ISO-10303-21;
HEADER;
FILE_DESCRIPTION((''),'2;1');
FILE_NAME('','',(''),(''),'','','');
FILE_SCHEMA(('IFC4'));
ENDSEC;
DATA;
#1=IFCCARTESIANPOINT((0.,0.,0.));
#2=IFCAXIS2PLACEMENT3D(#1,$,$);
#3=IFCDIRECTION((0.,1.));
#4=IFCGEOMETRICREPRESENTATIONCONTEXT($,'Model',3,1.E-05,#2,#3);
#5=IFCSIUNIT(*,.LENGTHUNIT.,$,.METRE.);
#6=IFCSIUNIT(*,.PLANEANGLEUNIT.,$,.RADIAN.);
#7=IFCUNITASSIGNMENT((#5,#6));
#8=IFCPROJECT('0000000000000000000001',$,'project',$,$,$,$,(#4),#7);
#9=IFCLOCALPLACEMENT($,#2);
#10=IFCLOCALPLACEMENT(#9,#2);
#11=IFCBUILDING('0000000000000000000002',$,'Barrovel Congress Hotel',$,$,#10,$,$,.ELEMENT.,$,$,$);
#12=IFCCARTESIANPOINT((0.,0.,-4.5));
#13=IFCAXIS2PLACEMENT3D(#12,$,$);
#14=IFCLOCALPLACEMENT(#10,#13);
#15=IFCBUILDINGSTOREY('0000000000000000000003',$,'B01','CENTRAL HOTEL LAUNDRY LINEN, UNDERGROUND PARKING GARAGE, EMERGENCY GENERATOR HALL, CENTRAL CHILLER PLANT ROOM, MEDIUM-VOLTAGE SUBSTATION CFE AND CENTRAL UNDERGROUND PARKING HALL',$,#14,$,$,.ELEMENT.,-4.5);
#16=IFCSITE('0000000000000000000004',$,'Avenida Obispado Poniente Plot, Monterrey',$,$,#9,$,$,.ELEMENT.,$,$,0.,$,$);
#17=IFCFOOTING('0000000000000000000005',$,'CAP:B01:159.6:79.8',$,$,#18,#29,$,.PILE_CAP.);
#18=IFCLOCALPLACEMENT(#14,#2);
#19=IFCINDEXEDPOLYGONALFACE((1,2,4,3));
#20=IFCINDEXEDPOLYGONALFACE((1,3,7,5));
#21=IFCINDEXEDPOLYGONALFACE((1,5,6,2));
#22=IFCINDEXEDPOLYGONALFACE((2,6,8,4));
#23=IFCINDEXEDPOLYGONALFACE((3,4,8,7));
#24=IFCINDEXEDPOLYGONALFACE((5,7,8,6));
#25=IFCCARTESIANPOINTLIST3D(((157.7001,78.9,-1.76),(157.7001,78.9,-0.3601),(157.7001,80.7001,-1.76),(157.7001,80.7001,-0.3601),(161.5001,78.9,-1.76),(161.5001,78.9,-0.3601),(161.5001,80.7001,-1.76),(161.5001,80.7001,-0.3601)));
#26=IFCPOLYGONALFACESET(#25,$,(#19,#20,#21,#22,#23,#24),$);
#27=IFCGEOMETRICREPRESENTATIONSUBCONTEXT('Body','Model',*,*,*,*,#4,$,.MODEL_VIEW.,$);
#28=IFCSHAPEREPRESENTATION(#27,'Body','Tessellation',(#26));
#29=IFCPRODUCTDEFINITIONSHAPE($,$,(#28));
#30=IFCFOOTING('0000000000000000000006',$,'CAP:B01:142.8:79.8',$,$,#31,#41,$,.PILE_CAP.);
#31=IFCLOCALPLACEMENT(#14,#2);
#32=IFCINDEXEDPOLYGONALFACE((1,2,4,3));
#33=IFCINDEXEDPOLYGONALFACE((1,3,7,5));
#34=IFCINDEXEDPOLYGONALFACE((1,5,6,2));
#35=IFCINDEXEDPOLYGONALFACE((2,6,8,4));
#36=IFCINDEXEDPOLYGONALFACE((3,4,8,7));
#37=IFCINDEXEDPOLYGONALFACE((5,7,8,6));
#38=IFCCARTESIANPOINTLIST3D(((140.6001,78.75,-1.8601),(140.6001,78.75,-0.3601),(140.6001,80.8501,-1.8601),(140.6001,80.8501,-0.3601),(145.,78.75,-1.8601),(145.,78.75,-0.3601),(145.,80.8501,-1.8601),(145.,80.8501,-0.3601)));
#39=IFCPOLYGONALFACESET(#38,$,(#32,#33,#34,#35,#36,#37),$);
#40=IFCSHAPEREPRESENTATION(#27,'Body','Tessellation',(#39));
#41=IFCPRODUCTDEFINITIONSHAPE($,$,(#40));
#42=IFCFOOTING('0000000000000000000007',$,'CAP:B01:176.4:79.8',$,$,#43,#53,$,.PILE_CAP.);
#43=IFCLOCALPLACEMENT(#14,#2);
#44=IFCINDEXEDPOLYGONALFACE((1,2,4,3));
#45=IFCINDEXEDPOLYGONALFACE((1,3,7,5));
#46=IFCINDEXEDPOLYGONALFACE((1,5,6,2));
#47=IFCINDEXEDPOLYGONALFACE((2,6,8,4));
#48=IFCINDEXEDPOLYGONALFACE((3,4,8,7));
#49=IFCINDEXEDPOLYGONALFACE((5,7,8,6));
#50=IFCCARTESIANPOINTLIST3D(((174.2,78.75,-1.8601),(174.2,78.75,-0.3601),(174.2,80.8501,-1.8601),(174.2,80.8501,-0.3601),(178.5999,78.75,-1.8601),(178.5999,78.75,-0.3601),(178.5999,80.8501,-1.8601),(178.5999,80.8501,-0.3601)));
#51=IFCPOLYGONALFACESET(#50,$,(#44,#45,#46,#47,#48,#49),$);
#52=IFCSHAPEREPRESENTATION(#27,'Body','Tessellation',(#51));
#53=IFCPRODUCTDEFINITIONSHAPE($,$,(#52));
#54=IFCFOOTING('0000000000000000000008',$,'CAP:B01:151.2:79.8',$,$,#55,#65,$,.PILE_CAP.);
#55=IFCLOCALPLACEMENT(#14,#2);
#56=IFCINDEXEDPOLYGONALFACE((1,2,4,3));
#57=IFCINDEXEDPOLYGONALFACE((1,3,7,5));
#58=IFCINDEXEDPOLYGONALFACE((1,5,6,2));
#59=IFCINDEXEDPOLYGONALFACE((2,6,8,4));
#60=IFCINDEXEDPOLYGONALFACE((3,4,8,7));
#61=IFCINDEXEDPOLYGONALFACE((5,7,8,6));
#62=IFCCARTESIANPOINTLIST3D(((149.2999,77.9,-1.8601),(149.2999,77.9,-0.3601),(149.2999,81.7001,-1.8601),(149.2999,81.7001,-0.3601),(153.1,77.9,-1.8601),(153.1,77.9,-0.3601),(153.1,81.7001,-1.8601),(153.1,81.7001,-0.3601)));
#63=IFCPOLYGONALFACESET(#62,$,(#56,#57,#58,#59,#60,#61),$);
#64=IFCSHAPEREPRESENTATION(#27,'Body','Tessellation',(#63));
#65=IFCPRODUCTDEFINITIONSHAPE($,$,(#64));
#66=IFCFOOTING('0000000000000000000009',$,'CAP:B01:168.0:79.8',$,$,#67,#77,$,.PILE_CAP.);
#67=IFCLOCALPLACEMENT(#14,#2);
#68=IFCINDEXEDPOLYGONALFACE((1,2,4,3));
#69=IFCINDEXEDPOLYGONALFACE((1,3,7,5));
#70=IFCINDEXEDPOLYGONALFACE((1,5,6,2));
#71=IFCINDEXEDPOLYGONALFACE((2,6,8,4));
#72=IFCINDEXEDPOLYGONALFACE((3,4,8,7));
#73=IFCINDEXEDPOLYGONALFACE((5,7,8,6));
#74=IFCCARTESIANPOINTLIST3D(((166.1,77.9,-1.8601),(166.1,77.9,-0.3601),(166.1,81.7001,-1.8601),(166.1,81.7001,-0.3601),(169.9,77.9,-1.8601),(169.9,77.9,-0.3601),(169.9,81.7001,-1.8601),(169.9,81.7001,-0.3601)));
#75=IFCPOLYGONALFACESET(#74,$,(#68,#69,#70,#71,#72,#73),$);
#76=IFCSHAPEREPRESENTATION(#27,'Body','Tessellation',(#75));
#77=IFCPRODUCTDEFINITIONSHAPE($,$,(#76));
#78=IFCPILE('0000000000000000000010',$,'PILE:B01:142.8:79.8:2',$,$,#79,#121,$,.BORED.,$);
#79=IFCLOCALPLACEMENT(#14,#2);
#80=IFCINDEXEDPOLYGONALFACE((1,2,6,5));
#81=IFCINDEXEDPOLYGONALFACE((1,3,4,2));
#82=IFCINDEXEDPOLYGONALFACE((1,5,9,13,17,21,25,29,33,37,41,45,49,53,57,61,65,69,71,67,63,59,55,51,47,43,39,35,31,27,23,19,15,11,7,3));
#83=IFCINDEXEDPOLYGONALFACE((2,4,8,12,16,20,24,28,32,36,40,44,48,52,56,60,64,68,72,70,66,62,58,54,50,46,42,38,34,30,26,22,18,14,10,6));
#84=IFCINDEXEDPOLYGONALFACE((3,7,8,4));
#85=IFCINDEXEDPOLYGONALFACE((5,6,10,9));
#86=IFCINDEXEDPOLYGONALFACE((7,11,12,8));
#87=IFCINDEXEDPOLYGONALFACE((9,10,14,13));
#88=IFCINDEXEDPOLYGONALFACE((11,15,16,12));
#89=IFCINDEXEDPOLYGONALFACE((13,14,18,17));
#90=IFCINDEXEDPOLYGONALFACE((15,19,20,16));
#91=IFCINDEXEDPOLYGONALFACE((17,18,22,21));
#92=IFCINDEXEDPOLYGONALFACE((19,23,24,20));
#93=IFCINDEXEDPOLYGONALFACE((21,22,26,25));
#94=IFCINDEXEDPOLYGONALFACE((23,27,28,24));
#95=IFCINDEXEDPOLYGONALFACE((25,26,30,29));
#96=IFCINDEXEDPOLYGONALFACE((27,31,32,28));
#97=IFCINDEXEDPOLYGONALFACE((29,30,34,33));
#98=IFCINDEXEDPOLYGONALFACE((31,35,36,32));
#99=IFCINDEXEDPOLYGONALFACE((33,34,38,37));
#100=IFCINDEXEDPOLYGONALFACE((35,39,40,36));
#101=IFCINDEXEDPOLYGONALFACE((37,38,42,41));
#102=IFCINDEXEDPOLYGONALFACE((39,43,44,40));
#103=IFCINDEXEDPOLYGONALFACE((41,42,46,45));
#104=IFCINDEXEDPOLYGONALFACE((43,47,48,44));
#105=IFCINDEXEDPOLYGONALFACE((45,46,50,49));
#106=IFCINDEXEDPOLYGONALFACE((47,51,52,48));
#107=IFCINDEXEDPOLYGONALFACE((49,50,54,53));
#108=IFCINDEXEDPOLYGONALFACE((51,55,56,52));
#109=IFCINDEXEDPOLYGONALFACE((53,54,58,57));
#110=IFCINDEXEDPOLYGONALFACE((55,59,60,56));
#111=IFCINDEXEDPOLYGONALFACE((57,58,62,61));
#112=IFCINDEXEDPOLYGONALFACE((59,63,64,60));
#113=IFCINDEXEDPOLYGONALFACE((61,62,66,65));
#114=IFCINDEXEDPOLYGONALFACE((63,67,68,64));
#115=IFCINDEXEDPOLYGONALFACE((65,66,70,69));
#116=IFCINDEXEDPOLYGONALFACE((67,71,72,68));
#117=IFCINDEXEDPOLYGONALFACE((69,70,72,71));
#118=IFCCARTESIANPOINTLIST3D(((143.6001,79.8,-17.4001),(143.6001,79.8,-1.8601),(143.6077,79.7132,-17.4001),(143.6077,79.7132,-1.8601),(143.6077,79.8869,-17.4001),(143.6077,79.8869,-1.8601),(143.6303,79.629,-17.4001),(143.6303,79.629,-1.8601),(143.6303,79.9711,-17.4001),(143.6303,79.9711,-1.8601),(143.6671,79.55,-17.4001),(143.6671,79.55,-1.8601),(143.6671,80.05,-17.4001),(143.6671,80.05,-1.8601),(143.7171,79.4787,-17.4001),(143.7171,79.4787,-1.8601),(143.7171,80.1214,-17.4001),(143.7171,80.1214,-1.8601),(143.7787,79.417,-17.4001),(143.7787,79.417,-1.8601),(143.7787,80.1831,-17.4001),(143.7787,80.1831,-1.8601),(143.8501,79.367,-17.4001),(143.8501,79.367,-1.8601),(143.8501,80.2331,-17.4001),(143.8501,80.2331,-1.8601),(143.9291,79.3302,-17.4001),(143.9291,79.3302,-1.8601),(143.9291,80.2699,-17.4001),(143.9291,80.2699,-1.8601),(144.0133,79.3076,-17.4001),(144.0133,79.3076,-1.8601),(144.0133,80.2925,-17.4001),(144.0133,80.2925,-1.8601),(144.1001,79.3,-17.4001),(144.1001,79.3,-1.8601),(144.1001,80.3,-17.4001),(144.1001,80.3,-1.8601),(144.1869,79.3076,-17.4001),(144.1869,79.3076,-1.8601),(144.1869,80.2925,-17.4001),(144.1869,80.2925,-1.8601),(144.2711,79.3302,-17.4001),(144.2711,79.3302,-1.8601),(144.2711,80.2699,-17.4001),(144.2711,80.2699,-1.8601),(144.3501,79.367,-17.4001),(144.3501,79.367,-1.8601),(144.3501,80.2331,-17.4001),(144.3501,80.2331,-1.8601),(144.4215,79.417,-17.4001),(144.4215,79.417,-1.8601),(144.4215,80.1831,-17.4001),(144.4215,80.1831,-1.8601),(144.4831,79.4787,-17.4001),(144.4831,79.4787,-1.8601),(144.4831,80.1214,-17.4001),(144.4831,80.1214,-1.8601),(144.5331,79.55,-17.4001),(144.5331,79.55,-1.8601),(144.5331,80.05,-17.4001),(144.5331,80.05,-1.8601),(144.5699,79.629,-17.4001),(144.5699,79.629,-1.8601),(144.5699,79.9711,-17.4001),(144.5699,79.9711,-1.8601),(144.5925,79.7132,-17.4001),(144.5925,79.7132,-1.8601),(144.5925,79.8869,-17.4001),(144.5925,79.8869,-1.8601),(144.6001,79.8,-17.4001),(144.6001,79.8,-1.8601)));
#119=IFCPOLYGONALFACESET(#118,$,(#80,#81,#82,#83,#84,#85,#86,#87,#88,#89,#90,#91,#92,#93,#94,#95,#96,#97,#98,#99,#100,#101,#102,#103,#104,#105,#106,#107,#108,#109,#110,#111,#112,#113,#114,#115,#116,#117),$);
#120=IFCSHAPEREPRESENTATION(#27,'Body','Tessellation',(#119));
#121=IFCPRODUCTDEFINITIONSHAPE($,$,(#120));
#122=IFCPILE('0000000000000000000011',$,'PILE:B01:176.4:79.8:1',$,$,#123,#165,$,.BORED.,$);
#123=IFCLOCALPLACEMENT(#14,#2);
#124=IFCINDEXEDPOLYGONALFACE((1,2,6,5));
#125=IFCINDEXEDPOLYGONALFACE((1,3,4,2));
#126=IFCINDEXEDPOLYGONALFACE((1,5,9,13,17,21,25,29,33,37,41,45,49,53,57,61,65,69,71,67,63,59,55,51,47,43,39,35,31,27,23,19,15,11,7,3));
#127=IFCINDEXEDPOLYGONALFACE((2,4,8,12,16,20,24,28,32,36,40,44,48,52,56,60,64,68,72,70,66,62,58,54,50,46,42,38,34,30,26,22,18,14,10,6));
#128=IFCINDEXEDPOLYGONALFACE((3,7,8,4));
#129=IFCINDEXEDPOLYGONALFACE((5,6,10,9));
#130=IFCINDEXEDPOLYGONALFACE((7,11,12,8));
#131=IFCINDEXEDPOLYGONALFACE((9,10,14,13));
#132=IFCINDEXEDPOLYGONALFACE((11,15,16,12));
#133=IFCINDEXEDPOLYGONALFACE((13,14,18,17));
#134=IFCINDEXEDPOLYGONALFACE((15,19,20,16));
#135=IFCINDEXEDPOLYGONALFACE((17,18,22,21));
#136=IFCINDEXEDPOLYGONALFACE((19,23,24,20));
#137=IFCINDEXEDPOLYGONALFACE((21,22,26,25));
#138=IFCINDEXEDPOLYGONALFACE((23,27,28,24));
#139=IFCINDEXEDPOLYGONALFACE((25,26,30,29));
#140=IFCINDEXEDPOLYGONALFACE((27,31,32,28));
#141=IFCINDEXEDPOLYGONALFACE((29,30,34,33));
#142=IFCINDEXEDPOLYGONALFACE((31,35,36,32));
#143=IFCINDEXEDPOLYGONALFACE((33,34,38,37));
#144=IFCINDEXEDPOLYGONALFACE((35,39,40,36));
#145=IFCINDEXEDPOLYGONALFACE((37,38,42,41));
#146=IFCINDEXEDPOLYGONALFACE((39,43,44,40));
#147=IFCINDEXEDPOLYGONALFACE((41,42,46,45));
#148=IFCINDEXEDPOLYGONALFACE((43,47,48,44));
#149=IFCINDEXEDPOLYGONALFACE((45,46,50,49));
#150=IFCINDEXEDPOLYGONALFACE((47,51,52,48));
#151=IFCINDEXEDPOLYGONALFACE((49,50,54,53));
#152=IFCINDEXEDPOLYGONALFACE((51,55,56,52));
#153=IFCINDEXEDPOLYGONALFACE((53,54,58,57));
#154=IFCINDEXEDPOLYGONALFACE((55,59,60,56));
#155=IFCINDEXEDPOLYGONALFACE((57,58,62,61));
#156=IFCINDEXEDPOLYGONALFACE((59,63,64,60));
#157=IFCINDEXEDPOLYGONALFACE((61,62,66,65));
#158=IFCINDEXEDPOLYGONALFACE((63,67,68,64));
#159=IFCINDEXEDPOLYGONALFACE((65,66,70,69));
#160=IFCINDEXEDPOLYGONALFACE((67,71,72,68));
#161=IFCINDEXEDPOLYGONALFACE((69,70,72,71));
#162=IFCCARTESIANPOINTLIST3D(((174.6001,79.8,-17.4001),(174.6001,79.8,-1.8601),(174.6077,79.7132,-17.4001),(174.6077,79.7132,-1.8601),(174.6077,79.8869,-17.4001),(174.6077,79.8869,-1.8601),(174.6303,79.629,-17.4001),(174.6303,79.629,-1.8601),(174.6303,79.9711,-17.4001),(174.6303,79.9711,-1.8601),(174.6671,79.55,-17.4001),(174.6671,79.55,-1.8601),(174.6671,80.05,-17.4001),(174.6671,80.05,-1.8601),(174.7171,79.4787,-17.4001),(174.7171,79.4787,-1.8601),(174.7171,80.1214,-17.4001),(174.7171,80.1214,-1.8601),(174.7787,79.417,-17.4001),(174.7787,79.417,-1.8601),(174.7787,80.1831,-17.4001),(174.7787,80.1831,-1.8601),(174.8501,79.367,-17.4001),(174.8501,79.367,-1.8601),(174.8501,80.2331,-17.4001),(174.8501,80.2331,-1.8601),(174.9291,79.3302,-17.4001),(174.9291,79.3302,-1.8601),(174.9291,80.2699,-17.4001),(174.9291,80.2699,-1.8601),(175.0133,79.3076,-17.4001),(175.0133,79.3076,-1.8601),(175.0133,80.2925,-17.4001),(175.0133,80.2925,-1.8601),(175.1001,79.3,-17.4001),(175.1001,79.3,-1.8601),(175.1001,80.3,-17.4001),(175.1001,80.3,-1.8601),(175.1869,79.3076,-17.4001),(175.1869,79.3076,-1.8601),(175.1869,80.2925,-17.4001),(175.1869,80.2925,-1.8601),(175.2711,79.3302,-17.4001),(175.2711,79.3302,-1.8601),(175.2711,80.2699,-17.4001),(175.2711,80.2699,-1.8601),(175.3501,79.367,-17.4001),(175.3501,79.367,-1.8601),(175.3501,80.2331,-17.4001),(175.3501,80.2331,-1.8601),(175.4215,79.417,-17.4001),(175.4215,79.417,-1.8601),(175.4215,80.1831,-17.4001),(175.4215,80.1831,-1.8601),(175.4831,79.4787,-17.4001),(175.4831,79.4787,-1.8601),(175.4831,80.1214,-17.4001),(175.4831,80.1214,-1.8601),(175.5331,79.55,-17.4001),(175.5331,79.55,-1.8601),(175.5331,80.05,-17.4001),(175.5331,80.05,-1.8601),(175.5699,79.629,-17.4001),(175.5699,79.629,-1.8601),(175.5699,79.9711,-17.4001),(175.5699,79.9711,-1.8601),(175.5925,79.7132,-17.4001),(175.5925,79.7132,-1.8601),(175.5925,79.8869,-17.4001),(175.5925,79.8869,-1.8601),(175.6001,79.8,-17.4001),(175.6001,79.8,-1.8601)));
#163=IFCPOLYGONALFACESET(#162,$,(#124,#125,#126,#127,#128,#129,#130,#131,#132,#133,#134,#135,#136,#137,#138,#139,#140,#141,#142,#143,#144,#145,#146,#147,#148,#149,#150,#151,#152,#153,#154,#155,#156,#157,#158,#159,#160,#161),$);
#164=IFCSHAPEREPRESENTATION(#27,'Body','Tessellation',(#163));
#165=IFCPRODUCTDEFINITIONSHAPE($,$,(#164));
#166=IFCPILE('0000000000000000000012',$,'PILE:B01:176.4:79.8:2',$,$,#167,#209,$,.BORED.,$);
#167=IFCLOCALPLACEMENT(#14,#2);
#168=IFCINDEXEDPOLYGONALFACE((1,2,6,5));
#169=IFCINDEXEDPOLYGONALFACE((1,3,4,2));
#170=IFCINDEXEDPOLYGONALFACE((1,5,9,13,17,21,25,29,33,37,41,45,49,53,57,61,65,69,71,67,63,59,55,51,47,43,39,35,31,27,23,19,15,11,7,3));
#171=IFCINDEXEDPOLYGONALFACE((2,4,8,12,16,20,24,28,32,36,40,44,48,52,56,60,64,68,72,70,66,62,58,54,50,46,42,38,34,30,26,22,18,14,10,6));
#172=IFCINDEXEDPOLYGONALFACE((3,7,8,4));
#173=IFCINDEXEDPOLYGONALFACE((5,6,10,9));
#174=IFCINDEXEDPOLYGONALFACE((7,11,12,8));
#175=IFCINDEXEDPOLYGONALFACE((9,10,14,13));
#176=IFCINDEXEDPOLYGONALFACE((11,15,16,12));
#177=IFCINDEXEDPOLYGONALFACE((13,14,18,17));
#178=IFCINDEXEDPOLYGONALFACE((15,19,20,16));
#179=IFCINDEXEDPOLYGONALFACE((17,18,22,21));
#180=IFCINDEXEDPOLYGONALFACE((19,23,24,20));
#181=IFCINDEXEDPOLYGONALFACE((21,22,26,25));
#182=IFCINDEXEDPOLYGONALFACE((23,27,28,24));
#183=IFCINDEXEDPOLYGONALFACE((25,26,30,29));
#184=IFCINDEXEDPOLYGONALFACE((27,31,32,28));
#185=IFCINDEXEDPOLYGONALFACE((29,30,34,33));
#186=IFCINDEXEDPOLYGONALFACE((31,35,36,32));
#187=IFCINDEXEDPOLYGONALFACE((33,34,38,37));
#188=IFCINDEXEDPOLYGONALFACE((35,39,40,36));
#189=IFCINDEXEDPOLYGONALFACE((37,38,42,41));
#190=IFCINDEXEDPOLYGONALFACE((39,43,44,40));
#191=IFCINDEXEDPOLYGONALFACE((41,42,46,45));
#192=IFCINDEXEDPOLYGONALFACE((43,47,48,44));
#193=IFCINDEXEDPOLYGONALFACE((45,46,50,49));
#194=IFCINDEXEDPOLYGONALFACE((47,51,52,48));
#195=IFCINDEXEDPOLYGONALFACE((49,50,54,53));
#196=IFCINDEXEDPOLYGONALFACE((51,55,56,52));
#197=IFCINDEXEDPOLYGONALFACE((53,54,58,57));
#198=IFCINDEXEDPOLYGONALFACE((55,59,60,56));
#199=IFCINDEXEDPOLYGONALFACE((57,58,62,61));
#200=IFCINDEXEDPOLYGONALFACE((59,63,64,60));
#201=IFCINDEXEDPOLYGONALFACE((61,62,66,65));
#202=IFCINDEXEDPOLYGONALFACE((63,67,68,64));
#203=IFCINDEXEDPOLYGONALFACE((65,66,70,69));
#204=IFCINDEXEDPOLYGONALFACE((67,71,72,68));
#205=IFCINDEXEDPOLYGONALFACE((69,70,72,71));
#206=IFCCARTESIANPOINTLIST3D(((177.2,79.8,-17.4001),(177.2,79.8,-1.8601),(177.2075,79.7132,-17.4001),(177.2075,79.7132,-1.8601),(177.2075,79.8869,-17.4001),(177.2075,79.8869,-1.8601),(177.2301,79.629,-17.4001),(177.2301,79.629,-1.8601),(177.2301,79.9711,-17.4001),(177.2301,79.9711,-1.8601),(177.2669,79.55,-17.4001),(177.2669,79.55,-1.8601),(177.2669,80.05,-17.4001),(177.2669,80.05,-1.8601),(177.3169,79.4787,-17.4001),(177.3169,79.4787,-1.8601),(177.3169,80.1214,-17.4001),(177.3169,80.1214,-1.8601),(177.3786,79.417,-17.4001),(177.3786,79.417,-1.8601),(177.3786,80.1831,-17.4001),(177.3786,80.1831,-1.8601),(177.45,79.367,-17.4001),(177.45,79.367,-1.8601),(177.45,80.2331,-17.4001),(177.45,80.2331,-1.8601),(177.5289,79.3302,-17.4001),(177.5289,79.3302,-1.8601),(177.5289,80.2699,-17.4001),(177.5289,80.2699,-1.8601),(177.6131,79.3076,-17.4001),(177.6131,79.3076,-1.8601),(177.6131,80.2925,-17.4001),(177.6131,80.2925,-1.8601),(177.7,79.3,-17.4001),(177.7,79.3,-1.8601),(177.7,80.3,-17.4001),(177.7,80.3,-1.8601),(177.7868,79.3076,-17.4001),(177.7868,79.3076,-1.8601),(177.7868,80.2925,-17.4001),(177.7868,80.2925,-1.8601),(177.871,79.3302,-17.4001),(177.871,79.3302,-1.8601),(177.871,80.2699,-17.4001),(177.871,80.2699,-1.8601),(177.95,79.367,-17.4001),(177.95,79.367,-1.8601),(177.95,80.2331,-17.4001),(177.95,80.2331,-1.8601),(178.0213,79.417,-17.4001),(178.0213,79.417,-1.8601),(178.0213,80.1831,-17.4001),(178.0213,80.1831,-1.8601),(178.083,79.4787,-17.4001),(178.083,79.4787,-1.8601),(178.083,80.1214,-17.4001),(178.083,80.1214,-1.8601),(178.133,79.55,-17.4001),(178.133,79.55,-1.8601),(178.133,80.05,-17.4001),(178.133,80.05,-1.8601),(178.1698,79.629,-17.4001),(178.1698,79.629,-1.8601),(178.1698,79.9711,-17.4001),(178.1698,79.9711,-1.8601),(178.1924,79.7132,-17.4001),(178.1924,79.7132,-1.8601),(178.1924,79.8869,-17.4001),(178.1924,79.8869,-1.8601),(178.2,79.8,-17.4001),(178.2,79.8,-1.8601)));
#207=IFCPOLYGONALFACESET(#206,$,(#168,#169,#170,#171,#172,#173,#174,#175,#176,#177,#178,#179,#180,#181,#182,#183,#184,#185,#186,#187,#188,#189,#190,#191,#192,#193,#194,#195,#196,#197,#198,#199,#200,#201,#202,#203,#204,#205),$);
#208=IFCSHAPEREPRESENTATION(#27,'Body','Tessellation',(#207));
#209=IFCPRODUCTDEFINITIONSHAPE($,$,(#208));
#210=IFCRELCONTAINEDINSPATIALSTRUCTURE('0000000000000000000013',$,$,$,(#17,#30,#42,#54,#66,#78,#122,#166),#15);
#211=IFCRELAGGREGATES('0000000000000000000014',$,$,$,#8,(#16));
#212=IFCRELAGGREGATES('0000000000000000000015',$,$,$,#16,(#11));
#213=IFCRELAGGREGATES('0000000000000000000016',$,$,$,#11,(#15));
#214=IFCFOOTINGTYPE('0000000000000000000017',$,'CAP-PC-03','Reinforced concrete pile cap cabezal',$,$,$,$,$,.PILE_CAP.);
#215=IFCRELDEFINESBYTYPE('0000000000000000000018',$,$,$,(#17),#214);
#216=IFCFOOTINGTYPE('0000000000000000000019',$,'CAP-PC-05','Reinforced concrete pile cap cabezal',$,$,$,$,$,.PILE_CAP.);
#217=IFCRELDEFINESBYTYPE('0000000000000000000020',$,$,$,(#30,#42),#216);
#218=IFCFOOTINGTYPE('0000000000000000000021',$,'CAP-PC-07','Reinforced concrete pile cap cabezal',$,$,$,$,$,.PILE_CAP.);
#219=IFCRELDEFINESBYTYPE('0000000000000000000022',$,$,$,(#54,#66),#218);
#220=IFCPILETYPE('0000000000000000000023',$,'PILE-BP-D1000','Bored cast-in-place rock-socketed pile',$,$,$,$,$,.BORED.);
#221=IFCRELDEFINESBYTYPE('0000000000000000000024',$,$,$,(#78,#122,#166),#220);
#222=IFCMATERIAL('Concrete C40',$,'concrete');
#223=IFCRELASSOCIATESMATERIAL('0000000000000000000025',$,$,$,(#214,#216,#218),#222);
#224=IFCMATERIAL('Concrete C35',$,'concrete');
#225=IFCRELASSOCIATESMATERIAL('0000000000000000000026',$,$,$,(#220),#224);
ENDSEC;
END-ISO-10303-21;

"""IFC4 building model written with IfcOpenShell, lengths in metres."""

from ifc_helpers import new_model, si_unit, direction, frame, origin, origin_2d, place, context, subcontext, project, spatial, rectangle, circle, extrude, material, material_profile, profile_set, type_object, element, save


model = new_model("IFC4")

# Units and contexts
model_context = context("Model", 3, precision=1e-05, world=origin(), true_north=direction((0.0, 1.0)))
body_context = subcontext(model_context, "Body", "Model", "MODEL_VIEW")
ifc_project = project(units=[si_unit("LENGTHUNIT", "METRE"), si_unit("PLANEANGLEUNIT", "RADIAN")], contexts=[model_context])

# Site, building, storey
site_placement = place(None, origin())
site = spatial("IfcSite", under=ifc_project, at=site_placement, Name="Avenida Obispado Poniente Plot, Monterrey", CompositionType="ELEMENT", RefElevation=0.0)
building_placement = place(site_placement, origin())
building = spatial("IfcBuilding", under=site, at=building_placement, Name="Barrovel Congress Hotel", CompositionType="ELEMENT")
storey_placement = place(building_placement, frame((0.0, 0.0, -4.5)))
storey = spatial("IfcBuildingStorey", under=building, at=storey_placement, Name="B01", Description="CENTRAL HOTEL LAUNDRY LINEN, UNDERGROUND PARKING GARAGE, EMERGENCY GENERATOR HALL, CENTRAL CHILLER PLANT ROOM, MEDIUM-VOLTAGE SUBSTATION CFE AND CENTRAL UNDERGROUND PARKING HALL", CompositionType="ELEMENT", Elevation=-4.5)

# Footings
ifc_material_1 = material(Name="Concrete C40", Category="concrete")
footing_type_1 = type_object("IfcFootingType", Name="CAP-PC-03", Description="Reinforced concrete pile cap cabezal", PredefinedType="PILE_CAP", material=ifc_material_1)
footing_placement = place(storey_placement, frame((159.6001, 79.8, -1.76), z_axis=(0.0, 0.0, 1.0), x_axis=(1.0, 0.0, 0.0)))
element("IfcFooting", 1, at=footing_placement, inside=storey, type_object=footing_type_1, Name="CAP:B01:159.6:79.8", PredefinedType="PILE_CAP", context=body_context, shape_type="SweptSolid", body=[
    extrude(rectangle(XDim=3.8, YDim=1.8, at=origin_2d()), origin(), (0.0, 0.0, 1.0), 1.3999),
])
footing_type_2 = type_object("IfcFootingType", Name="CAP-PC-05", Description="Reinforced concrete pile cap cabezal", PredefinedType="PILE_CAP", material=ifc_material_1)
for number, where, z_axis, x_axis, name in (
    (2, (142.8, 79.8, -1.8601), (0.0, 0.0, 1.0), (1.0, 0.0, 0.0), "CAP:B01:142.8:79.8"),
    (3, (176.3999, 79.8, -1.8601), (0.0, 0.0, 1.0), (1.0, 0.0, 0.0), "CAP:B01:176.4:79.8"),
):
    element("IfcFooting", number, at=place(storey_placement, frame(where, z_axis=z_axis, x_axis=x_axis)), inside=storey, type_object=footing_type_2, Name=name, PredefinedType="PILE_CAP", context=body_context, shape_type="SweptSolid", body=[
        extrude(rectangle(XDim=4.3999, YDim=2.1001, at=origin_2d()), origin(), (0.0, 0.0, 1.0), 1.5),
    ])
footing_type_3 = type_object("IfcFootingType", Name="CAP-PC-07", Description="Reinforced concrete pile cap cabezal", PredefinedType="PILE_CAP", material=ifc_material_1)
for number, where, z_axis, x_axis, name in (
    (4, (151.2, 79.8, -1.8601), (0.0, 0.0, 1.0), (1.0, 0.0, 0.0), "CAP:B01:151.2:79.8"),
    (5, (168.0, 79.8, -1.8601), (0.0, 0.0, 1.0), (1.0, 0.0, 0.0), "CAP:B01:168.0:79.8"),
):
    element("IfcFooting", number, at=place(storey_placement, frame(where, z_axis=z_axis, x_axis=x_axis)), inside=storey, type_object=footing_type_3, Name=name, PredefinedType="PILE_CAP", context=body_context, shape_type="SweptSolid", body=[
        extrude(rectangle(XDim=3.8, YDim=3.8, at=origin_2d()), origin(), (0.0, 0.0, 1.0), 1.5),
    ])

# Piles
ifc_material_2 = material(Name="Concrete C35", Category="concrete")
ifc_material_profile_1 = material_profile(ifc_material_2, circle(Radius=0.5, at=origin_2d()), Name="BP-D1000")
ifc_profile_set_1 = profile_set([ifc_material_profile_1], Name="Concrete C35")
pile_type_1 = type_object("IfcPileType", Name="PILE-BP-D1000", Description="Bored cast-in-place rock-socketed pile", PredefinedType="BORED", material=ifc_profile_set_1)
for number, where, z_axis, x_axis, name in (
    (6, (144.1001, 79.8, -1.8601), (0.0, 0.0, -1.0), (1.0, 0.0, 0.0), "PILE:B01:142.8:79.8:2"),
    (7, (175.1001, 79.8, -1.8601), (0.0, 0.0, -1.0), (1.0, 0.0, 0.0), "PILE:B01:176.4:79.8:1"),
    (8, (177.7, 79.8, -1.8601), (0.0, 0.0, -1.0), (1.0, 0.0, 0.0), "PILE:B01:176.4:79.8:2"),
):
    element("IfcPile", number, at=place(storey_placement, frame(where, z_axis=z_axis, x_axis=x_axis)), inside=storey, type_object=pile_type_1, Name=name, PredefinedType="BORED", context=body_context, shape_type="SweptSolid", body=[
        extrude(circle(Radius=0.5, at=origin_2d()), origin(), (0.0, 0.0, 1.0), 15.54),
    ])

save(model, "model.ifc")
